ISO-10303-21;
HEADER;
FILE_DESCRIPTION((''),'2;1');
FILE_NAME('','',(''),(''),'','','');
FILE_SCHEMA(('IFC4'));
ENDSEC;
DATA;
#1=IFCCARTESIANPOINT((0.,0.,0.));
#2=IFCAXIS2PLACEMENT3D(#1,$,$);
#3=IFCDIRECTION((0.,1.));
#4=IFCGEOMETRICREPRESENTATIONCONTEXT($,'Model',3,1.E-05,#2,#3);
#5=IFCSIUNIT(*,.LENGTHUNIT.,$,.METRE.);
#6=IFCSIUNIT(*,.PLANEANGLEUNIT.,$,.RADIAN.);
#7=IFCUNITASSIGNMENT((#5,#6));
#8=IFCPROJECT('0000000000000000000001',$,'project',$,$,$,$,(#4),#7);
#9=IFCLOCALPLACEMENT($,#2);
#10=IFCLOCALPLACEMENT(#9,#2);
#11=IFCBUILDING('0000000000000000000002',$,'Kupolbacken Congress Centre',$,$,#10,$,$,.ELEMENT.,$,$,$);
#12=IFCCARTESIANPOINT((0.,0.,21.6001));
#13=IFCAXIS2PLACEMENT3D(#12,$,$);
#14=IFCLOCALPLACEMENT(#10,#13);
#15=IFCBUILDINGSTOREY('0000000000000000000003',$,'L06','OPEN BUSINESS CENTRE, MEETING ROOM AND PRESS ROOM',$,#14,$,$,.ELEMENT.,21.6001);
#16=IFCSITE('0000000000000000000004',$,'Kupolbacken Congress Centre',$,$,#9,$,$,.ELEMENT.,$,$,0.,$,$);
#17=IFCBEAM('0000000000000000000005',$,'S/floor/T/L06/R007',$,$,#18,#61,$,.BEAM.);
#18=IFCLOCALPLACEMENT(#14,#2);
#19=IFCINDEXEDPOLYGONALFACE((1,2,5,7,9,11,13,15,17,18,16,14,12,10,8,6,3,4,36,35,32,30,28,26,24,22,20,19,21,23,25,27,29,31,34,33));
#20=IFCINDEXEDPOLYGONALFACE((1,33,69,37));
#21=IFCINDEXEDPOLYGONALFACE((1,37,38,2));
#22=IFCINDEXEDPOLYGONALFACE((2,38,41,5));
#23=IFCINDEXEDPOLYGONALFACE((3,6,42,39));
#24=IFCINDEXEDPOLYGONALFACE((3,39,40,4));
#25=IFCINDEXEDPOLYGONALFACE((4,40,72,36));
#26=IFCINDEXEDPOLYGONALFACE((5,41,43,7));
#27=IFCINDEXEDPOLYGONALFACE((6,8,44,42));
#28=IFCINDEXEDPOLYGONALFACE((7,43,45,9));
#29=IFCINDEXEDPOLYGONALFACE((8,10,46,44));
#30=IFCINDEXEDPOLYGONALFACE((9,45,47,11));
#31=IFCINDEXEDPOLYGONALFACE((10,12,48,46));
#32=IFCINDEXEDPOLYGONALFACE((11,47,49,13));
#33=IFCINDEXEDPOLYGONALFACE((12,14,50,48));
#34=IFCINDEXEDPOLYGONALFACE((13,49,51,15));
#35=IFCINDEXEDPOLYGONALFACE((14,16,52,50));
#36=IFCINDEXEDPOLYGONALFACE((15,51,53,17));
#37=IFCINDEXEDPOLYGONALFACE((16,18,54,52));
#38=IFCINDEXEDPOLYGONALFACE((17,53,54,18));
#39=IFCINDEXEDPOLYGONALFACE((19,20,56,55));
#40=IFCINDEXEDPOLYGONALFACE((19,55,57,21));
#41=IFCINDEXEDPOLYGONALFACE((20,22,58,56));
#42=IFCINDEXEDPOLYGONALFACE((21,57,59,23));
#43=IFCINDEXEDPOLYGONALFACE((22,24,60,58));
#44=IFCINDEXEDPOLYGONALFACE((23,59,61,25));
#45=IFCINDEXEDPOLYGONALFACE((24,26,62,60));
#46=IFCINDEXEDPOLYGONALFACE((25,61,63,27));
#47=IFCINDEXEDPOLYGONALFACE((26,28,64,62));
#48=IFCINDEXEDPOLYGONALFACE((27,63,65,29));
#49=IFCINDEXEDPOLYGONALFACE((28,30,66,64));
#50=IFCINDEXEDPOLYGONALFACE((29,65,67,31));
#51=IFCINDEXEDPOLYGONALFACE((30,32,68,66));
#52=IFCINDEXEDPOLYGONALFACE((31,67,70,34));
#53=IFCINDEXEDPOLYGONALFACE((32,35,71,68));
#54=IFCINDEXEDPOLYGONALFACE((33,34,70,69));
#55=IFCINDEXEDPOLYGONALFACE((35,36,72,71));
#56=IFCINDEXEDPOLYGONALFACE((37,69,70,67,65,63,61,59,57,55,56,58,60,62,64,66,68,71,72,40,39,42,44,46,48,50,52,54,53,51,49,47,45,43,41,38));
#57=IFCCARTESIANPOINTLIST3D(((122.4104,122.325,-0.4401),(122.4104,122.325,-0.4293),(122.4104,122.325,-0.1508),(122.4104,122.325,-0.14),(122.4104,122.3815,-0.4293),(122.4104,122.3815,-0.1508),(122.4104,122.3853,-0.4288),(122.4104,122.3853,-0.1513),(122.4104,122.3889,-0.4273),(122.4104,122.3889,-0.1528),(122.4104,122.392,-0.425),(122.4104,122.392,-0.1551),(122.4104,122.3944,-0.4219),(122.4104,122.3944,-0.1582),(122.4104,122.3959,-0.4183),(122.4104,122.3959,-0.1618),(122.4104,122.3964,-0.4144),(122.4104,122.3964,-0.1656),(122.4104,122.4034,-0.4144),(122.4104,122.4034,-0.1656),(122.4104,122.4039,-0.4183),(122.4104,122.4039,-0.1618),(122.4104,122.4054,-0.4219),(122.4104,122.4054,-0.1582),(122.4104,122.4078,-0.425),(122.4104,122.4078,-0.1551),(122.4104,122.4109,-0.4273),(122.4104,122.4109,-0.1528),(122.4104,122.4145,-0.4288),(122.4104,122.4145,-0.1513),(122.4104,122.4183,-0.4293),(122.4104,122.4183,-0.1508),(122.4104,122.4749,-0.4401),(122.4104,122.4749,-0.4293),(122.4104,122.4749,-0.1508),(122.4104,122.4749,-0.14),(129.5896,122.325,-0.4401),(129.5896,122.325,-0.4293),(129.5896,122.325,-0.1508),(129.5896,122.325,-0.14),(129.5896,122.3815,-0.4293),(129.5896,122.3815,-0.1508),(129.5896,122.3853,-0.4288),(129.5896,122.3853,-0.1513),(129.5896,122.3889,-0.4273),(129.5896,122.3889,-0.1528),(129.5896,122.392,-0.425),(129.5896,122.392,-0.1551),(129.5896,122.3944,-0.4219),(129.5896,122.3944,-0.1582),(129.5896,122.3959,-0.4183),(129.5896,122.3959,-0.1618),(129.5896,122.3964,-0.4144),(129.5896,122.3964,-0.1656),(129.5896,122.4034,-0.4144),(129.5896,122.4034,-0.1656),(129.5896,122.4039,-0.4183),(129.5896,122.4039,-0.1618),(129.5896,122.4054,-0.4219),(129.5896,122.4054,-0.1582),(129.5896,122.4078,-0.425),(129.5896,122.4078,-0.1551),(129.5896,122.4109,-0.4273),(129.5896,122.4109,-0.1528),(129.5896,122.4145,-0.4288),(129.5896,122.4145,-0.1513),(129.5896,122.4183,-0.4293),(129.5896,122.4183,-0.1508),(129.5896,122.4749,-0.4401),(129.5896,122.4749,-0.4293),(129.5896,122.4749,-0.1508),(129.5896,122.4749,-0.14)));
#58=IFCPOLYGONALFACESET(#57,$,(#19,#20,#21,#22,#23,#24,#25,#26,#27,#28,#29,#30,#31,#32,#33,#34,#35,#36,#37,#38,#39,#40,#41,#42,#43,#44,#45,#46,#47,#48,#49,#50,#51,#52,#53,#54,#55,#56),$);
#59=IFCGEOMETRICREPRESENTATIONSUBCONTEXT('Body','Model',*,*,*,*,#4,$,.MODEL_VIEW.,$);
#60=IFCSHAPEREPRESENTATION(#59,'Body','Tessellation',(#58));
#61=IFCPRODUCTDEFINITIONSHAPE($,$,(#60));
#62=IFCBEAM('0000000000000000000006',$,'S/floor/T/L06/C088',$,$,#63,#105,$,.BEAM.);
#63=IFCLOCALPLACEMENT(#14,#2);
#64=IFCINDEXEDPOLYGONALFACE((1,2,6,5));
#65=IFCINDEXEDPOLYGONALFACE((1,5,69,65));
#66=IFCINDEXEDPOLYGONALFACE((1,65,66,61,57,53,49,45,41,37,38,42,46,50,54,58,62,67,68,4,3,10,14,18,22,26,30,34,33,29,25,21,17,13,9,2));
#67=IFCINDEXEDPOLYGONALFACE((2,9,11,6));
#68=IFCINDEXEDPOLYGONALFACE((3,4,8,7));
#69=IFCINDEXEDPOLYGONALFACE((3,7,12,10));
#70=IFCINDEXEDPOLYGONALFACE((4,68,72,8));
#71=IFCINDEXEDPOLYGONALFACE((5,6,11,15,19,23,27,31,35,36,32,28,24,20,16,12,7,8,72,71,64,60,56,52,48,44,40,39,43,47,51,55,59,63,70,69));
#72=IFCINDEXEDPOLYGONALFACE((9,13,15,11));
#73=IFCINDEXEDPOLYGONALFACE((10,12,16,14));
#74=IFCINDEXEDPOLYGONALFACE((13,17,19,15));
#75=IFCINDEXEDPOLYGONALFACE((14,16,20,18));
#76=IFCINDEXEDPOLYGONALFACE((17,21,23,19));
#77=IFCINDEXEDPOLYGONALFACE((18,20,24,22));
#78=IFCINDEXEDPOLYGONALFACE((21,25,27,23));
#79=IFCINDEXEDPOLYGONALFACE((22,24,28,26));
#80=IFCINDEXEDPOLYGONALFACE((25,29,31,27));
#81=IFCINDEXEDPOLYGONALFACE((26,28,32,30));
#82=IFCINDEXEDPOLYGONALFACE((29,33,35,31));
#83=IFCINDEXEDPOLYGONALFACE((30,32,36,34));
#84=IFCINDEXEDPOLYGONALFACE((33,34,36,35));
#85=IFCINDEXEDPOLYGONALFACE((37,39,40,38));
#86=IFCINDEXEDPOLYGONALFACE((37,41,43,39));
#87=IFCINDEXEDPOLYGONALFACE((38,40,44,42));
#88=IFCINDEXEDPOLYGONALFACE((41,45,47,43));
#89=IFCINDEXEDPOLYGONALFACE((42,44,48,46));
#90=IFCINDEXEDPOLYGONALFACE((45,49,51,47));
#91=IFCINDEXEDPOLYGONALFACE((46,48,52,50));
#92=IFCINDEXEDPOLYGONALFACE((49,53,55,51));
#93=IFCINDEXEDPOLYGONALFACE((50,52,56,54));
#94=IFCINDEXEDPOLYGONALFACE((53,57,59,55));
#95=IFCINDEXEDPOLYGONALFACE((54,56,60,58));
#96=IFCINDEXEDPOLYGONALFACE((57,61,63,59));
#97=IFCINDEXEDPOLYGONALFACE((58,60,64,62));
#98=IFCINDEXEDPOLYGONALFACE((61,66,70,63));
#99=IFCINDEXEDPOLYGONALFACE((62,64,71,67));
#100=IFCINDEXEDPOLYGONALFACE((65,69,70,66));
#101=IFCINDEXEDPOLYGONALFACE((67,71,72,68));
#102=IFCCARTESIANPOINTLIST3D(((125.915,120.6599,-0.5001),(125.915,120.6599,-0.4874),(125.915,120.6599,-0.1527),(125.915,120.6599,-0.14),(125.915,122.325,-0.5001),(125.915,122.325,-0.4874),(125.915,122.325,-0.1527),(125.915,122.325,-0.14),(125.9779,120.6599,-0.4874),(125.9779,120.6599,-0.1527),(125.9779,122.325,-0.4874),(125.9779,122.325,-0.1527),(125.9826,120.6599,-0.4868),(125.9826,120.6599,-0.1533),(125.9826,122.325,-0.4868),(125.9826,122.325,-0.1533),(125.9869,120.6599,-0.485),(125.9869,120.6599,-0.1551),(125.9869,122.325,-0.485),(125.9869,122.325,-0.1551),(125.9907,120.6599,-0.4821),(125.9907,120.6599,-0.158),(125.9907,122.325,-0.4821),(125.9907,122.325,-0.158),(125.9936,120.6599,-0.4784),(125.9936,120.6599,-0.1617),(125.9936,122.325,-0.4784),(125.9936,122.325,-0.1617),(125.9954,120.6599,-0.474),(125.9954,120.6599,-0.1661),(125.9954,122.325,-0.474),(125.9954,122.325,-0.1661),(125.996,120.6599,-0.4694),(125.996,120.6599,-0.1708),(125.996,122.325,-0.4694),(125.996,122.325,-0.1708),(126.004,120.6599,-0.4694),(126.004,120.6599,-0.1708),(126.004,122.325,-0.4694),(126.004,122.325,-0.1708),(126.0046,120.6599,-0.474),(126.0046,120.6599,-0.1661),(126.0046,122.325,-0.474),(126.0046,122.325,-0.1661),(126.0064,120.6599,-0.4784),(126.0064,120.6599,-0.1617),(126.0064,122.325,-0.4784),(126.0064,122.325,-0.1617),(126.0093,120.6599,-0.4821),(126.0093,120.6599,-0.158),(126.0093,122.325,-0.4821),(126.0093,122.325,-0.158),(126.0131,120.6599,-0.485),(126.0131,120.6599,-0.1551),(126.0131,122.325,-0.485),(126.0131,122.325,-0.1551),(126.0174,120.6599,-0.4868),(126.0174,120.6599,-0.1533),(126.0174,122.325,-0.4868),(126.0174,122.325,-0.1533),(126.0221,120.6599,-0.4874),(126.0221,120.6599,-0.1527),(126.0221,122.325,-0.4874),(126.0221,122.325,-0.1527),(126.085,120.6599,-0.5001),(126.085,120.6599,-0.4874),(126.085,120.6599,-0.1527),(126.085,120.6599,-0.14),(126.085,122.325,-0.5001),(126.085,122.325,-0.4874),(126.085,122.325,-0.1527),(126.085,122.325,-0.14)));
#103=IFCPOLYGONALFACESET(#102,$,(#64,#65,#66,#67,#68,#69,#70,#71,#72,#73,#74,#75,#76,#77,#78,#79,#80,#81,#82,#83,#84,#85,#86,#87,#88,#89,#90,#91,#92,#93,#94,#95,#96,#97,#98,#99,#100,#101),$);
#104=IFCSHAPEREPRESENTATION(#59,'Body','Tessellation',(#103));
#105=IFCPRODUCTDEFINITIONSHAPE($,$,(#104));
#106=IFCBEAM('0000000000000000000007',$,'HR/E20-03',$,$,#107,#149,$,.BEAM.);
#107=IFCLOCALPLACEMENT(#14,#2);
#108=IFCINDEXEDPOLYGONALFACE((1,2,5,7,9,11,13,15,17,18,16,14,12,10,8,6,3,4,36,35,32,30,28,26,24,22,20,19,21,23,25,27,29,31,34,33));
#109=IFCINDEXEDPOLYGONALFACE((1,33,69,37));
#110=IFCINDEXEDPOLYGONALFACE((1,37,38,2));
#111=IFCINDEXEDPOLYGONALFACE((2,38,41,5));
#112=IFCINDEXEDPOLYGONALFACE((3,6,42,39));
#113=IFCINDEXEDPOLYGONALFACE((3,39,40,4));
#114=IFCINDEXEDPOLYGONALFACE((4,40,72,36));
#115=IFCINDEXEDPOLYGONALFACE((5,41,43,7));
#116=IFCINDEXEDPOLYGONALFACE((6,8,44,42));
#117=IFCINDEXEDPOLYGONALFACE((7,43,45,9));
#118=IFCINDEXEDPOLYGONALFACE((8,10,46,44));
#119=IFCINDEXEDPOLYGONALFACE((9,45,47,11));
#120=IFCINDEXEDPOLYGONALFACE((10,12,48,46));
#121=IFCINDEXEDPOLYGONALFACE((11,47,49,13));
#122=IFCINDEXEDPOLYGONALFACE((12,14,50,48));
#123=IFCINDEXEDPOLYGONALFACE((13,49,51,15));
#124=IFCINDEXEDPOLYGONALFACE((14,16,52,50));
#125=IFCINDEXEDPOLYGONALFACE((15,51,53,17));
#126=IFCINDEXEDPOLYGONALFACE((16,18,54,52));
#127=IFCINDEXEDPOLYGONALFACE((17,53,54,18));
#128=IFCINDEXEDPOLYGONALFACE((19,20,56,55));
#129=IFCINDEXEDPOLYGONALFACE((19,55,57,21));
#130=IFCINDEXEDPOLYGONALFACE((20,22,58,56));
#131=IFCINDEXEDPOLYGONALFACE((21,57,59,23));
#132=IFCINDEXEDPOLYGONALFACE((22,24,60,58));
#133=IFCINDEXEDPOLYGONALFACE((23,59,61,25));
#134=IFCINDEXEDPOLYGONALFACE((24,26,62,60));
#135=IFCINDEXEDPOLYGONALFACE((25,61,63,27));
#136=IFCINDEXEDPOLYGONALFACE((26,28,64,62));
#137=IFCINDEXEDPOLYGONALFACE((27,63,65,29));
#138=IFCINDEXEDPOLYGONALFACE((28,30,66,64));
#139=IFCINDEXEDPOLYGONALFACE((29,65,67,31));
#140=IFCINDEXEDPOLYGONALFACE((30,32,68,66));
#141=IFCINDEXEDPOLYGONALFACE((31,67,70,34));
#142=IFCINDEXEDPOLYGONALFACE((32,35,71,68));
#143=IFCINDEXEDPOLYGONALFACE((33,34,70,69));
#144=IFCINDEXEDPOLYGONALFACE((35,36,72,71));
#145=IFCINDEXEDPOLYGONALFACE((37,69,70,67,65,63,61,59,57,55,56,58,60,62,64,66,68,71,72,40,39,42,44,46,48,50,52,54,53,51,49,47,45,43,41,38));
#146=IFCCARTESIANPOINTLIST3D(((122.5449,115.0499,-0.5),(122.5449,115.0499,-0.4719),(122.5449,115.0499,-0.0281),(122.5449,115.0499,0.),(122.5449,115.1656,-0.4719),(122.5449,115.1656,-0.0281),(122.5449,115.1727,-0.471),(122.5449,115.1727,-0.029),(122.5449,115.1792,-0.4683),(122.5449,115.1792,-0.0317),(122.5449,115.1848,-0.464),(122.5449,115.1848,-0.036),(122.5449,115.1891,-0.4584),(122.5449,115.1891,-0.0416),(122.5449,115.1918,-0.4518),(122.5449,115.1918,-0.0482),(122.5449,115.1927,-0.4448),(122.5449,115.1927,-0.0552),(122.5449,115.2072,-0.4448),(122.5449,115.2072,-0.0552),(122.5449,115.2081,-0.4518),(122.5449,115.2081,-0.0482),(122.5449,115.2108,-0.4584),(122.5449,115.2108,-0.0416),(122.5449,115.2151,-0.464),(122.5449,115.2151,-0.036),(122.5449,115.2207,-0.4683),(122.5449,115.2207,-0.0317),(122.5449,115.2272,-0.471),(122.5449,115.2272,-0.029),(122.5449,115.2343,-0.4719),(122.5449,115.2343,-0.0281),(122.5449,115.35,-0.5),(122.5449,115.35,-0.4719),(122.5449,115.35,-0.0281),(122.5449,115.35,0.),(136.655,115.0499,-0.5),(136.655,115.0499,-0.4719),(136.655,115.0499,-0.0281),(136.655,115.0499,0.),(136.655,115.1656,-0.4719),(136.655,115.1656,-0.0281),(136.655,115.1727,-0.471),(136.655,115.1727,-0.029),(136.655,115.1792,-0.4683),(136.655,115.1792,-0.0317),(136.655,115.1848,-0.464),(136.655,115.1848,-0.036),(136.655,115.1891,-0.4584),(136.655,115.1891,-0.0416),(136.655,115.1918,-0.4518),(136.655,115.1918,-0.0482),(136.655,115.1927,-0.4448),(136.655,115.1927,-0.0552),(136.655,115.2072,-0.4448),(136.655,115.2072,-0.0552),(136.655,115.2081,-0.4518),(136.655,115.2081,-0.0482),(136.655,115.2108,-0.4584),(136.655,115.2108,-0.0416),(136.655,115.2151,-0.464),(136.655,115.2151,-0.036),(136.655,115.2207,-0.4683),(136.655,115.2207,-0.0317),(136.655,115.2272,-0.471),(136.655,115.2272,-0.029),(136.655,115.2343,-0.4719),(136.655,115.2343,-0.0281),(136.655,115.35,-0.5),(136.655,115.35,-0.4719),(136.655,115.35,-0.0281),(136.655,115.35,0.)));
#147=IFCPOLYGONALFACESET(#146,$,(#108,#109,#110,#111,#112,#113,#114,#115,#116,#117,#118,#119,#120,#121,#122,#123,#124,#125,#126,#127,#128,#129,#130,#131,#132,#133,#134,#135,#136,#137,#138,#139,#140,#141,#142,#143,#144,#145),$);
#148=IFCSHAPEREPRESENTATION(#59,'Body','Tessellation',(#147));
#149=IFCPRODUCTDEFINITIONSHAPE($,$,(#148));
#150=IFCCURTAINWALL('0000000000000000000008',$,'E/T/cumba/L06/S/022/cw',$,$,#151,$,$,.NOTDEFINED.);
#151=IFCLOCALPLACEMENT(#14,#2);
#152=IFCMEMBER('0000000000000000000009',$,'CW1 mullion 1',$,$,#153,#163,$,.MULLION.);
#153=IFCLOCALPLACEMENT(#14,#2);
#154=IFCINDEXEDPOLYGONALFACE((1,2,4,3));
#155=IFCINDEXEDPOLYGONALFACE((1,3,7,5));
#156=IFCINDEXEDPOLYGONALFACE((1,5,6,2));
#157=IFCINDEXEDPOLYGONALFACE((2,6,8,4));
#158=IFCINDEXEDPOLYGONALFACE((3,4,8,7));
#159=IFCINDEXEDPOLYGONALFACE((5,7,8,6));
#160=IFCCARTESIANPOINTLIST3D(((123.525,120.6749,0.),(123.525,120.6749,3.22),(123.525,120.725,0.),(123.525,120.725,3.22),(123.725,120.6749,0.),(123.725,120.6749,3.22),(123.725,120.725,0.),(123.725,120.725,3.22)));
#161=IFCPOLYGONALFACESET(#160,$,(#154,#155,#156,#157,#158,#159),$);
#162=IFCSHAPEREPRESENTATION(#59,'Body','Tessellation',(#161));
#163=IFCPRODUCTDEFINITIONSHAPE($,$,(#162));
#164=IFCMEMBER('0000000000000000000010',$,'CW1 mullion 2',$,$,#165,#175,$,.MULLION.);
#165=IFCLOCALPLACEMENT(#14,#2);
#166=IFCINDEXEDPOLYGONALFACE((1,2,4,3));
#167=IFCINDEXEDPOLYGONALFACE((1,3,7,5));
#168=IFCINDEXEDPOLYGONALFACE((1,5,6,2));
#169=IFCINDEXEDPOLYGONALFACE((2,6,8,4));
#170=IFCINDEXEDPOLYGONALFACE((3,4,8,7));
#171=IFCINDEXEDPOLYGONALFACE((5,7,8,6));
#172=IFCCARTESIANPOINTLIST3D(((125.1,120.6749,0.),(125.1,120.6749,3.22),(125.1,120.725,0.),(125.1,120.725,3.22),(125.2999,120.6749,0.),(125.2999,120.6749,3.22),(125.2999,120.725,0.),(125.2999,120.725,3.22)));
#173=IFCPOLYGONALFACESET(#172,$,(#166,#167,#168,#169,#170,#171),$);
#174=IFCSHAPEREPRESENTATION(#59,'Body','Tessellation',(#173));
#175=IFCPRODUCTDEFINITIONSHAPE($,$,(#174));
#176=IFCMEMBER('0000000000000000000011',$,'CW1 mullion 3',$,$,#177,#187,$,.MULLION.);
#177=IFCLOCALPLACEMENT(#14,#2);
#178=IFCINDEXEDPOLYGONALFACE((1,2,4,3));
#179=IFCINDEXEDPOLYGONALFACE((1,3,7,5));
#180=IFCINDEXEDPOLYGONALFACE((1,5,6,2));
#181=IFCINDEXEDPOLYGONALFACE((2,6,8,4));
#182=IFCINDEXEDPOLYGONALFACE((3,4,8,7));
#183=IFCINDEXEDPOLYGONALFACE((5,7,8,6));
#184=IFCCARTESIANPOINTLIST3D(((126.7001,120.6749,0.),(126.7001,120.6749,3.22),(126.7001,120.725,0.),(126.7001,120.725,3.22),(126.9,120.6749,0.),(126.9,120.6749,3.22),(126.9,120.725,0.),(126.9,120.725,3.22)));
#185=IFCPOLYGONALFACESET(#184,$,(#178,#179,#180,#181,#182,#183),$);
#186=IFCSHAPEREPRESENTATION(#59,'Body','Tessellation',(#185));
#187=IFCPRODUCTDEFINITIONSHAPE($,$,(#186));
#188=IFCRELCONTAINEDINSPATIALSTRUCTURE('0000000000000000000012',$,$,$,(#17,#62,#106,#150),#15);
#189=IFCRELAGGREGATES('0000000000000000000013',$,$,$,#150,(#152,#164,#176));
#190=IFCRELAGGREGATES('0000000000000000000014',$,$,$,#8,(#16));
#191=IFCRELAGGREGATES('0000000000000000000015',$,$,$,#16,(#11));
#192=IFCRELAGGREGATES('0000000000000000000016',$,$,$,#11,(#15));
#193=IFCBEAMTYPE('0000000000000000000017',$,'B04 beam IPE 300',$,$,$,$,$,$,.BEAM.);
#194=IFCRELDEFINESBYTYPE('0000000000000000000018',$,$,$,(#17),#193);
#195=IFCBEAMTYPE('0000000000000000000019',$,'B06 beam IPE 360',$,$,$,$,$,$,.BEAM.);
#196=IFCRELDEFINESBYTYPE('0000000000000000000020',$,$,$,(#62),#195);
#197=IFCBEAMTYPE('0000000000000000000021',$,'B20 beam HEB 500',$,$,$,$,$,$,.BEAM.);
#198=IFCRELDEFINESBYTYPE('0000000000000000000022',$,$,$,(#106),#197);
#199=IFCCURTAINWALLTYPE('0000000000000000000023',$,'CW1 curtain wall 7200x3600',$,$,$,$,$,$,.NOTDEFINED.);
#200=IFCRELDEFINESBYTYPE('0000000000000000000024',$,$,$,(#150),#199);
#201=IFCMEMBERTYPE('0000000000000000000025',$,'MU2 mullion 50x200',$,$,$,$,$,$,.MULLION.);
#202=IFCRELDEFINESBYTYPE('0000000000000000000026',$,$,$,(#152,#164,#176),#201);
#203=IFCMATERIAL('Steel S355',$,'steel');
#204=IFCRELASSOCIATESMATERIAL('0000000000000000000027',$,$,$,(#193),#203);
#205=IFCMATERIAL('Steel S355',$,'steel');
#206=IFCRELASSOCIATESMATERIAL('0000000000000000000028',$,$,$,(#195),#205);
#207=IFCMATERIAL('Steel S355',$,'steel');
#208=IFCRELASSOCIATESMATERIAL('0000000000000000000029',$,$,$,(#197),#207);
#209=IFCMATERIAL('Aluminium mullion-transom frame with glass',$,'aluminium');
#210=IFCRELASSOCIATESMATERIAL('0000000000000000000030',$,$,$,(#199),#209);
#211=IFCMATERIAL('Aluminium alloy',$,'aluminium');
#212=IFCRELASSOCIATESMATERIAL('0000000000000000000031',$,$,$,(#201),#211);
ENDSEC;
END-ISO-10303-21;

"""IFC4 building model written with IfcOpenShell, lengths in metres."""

from ifc_helpers import new_model, si_unit, direction, frame, origin, origin_2d, place, context, subcontext, project, spatial, rectangle, i_section, extrude, material, material_profile, profile_set, type_object, element, aggregate, save


model = new_model("IFC4")

# Units and contexts
model_context = context("Model", 3, precision=1e-05, world=origin(), true_north=direction((0.0, 1.0)))
body_context = subcontext(model_context, "Body", "Model", "MODEL_VIEW")
ifc_project = project(units=[si_unit("LENGTHUNIT", "METRE"), si_unit("PLANEANGLEUNIT", "RADIAN")], contexts=[model_context])

# Site, building, storey
site_placement = place(None, origin())
site = spatial("IfcSite", under=ifc_project, at=site_placement, Name="Kupolbacken Congress Centre", CompositionType="ELEMENT", RefElevation=0.0)
building_placement = place(site_placement, origin())
building = spatial("IfcBuilding", under=site, at=building_placement, Name="Kupolbacken Congress Centre", CompositionType="ELEMENT")
storey_placement = place(building_placement, frame((0.0, 0.0, 21.6001)))
storey = spatial("IfcBuildingStorey", under=building, at=storey_placement, Name="L06", Description="OPEN BUSINESS CENTRE, MEETING ROOM AND PRESS ROOM", CompositionType="ELEMENT", Elevation=21.6001)

# Beams
ifc_material_1 = material(Name="Steel S355", Category="steel")
ifc_material_profile_1 = material_profile(ifc_material_1, i_section(OverallWidth=0.1499, OverallDepth=0.3, WebThickness=0.0071, FlangeThickness=0.0107, FilletRadius=0.0149, at=origin_2d()), Name="IPE 300")
ifc_profile_set_1 = profile_set([ifc_material_profile_1], Name="Steel S355")
beam_type_1 = type_object("IfcBeamType", Name="B04 beam IPE 300", PredefinedType="BEAM", material=ifc_profile_set_1)
beam_1_placement = place(storey_placement, frame((122.4104, 122.3999, -0.29), z_axis=(1.0, 0.0, 0.0), x_axis=(0.0, 1.0, 0.0)))
element("IfcBeam", 1, at=beam_1_placement, inside=storey, type_object=beam_type_1, Name="S/floor/T/L06/R007", PredefinedType="BEAM", context=body_context, shape_type="SweptSolid", body=[
    extrude(i_section(OverallWidth=0.1499, OverallDepth=0.3, WebThickness=0.0071, FlangeThickness=0.0107, FilletRadius=0.0149, at=origin_2d()), origin(), (0.0, 0.0, 1.0), 7.1792),
])
ifc_material_2 = material(Name="Steel S355", Category="steel")
ifc_material_profile_2 = material_profile(ifc_material_2, i_section(OverallWidth=0.1699, OverallDepth=0.3601, WebThickness=0.0081, FlangeThickness=0.0127, FilletRadius=0.0181, at=origin_2d()), Name="IPE 360")
ifc_profile_set_2 = profile_set([ifc_material_profile_2], Name="Steel S355")
beam_type_2 = type_object("IfcBeamType", Name="B06 beam IPE 360", PredefinedType="BEAM", material=ifc_profile_set_2)
beam_2_placement = place(storey_placement, frame((126.0, 122.325, -0.3201), z_axis=(0.0, -1.0, 0.0), x_axis=(1.0, 0.0, 0.0)))
element("IfcBeam", 2, at=beam_2_placement, inside=storey, type_object=beam_type_2, Name="S/floor/T/L06/C088", PredefinedType="BEAM", context=body_context, shape_type="SweptSolid", body=[
    extrude(i_section(OverallWidth=0.1699, OverallDepth=0.3601, WebThickness=0.0081, FlangeThickness=0.0127, FilletRadius=0.0181, at=origin_2d()), origin(), (0.0, 0.0, 1.0), 1.665),
])
ifc_material_3 = material(Name="Steel S355", Category="steel")
ifc_material_profile_3 = material_profile(ifc_material_3, i_section(OverallWidth=0.3, OverallDepth=0.5, WebThickness=0.0144, FlangeThickness=0.0281, FilletRadius=0.0271, at=origin_2d()), Name="HEB 500")
ifc_profile_set_3 = profile_set([ifc_material_profile_3], Name="Steel S355")
beam_type_3 = type_object("IfcBeamType", Name="B20 beam HEB 500", PredefinedType="BEAM", material=ifc_profile_set_3)
beam_3_placement = place(storey_placement, frame((122.5449, 115.2, -0.25), z_axis=(1.0, 0.0, 0.0), x_axis=(0.0, 1.0, 0.0)))
element("IfcBeam", 3, at=beam_3_placement, inside=storey, type_object=beam_type_3, Name="HR/E20-03", PredefinedType="BEAM", context=body_context, shape_type="SweptSolid", body=[
    extrude(i_section(OverallWidth=0.3, OverallDepth=0.5, WebThickness=0.0144, FlangeThickness=0.0281, FilletRadius=0.0271, at=origin_2d()), origin(), (0.0, 0.0, 1.0), 14.1101),
])

# Curtain wall, members
ifc_material_4 = material(Name="Aluminium mullion-transom frame with glass", Category="aluminium")
curtain_wall_type = type_object("IfcCurtainWallType", Name="CW1 curtain wall 7200x3600", PredefinedType="NOTDEFINED", material=ifc_material_4)
curtain_wall_placement = place(storey_placement, origin())
curtain_wall = element("IfcCurtainWall", 4, at=curtain_wall_placement, inside=storey, type_object=curtain_wall_type, Name="E/T/cumba/L06/S/022/cw", PredefinedType="NOTDEFINED")
ifc_material_5 = material(Name="Aluminium alloy", Category="aluminium")
ifc_material_profile_4 = material_profile(ifc_material_5, rectangle(XDim=0.05, YDim=0.2, at=origin_2d()), Name="50 x 200")
ifc_profile_set_4 = profile_set([ifc_material_profile_4], Name="Aluminium alloy")
member_type_1 = type_object("IfcMemberType", Name="MU2 mullion 50x200", PredefinedType="MULLION", material=ifc_profile_set_4)
member_1_placement = place(storey_placement, frame((123.625, 120.7, 0.0), z_axis=(0.0, 0.0, 1.0), x_axis=(0.0, 1.0, 0.0)))
member_1 = element("IfcMember", 5, at=member_1_placement, type_object=member_type_1, Name="CW1 mullion 1", PredefinedType="MULLION", context=body_context, shape_type="SweptSolid", body=[
    extrude(rectangle(XDim=0.05, YDim=0.2, at=origin_2d()), origin(), (0.0, 0.0, 1.0), 3.22),
])
member_2_placement = place(storey_placement, frame((125.2, 120.7, 0.0), z_axis=(0.0, 0.0, 1.0), x_axis=(0.0, 1.0, 0.0)))
member_2 = element("IfcMember", 6, at=member_2_placement, type_object=member_type_1, Name="CW1 mullion 2", PredefinedType="MULLION", context=body_context, shape_type="SweptSolid", body=[
    extrude(rectangle(XDim=0.05, YDim=0.2, at=origin_2d()), origin(), (0.0, 0.0, 1.0), 3.22),
])
member_3_placement = place(storey_placement, frame((126.8, 120.7, 0.0), z_axis=(0.0, 0.0, 1.0), x_axis=(0.0, 1.0, 0.0)))
member_3 = element("IfcMember", 7, at=member_3_placement, type_object=member_type_1, Name="CW1 mullion 3", PredefinedType="MULLION", context=body_context, shape_type="SweptSolid", body=[
    extrude(rectangle(XDim=0.05, YDim=0.2, at=origin_2d()), origin(), (0.0, 0.0, 1.0), 3.22),
])
aggregate(curtain_wall, [member_1, member_2, member_3])

save(model, "model.ifc")
